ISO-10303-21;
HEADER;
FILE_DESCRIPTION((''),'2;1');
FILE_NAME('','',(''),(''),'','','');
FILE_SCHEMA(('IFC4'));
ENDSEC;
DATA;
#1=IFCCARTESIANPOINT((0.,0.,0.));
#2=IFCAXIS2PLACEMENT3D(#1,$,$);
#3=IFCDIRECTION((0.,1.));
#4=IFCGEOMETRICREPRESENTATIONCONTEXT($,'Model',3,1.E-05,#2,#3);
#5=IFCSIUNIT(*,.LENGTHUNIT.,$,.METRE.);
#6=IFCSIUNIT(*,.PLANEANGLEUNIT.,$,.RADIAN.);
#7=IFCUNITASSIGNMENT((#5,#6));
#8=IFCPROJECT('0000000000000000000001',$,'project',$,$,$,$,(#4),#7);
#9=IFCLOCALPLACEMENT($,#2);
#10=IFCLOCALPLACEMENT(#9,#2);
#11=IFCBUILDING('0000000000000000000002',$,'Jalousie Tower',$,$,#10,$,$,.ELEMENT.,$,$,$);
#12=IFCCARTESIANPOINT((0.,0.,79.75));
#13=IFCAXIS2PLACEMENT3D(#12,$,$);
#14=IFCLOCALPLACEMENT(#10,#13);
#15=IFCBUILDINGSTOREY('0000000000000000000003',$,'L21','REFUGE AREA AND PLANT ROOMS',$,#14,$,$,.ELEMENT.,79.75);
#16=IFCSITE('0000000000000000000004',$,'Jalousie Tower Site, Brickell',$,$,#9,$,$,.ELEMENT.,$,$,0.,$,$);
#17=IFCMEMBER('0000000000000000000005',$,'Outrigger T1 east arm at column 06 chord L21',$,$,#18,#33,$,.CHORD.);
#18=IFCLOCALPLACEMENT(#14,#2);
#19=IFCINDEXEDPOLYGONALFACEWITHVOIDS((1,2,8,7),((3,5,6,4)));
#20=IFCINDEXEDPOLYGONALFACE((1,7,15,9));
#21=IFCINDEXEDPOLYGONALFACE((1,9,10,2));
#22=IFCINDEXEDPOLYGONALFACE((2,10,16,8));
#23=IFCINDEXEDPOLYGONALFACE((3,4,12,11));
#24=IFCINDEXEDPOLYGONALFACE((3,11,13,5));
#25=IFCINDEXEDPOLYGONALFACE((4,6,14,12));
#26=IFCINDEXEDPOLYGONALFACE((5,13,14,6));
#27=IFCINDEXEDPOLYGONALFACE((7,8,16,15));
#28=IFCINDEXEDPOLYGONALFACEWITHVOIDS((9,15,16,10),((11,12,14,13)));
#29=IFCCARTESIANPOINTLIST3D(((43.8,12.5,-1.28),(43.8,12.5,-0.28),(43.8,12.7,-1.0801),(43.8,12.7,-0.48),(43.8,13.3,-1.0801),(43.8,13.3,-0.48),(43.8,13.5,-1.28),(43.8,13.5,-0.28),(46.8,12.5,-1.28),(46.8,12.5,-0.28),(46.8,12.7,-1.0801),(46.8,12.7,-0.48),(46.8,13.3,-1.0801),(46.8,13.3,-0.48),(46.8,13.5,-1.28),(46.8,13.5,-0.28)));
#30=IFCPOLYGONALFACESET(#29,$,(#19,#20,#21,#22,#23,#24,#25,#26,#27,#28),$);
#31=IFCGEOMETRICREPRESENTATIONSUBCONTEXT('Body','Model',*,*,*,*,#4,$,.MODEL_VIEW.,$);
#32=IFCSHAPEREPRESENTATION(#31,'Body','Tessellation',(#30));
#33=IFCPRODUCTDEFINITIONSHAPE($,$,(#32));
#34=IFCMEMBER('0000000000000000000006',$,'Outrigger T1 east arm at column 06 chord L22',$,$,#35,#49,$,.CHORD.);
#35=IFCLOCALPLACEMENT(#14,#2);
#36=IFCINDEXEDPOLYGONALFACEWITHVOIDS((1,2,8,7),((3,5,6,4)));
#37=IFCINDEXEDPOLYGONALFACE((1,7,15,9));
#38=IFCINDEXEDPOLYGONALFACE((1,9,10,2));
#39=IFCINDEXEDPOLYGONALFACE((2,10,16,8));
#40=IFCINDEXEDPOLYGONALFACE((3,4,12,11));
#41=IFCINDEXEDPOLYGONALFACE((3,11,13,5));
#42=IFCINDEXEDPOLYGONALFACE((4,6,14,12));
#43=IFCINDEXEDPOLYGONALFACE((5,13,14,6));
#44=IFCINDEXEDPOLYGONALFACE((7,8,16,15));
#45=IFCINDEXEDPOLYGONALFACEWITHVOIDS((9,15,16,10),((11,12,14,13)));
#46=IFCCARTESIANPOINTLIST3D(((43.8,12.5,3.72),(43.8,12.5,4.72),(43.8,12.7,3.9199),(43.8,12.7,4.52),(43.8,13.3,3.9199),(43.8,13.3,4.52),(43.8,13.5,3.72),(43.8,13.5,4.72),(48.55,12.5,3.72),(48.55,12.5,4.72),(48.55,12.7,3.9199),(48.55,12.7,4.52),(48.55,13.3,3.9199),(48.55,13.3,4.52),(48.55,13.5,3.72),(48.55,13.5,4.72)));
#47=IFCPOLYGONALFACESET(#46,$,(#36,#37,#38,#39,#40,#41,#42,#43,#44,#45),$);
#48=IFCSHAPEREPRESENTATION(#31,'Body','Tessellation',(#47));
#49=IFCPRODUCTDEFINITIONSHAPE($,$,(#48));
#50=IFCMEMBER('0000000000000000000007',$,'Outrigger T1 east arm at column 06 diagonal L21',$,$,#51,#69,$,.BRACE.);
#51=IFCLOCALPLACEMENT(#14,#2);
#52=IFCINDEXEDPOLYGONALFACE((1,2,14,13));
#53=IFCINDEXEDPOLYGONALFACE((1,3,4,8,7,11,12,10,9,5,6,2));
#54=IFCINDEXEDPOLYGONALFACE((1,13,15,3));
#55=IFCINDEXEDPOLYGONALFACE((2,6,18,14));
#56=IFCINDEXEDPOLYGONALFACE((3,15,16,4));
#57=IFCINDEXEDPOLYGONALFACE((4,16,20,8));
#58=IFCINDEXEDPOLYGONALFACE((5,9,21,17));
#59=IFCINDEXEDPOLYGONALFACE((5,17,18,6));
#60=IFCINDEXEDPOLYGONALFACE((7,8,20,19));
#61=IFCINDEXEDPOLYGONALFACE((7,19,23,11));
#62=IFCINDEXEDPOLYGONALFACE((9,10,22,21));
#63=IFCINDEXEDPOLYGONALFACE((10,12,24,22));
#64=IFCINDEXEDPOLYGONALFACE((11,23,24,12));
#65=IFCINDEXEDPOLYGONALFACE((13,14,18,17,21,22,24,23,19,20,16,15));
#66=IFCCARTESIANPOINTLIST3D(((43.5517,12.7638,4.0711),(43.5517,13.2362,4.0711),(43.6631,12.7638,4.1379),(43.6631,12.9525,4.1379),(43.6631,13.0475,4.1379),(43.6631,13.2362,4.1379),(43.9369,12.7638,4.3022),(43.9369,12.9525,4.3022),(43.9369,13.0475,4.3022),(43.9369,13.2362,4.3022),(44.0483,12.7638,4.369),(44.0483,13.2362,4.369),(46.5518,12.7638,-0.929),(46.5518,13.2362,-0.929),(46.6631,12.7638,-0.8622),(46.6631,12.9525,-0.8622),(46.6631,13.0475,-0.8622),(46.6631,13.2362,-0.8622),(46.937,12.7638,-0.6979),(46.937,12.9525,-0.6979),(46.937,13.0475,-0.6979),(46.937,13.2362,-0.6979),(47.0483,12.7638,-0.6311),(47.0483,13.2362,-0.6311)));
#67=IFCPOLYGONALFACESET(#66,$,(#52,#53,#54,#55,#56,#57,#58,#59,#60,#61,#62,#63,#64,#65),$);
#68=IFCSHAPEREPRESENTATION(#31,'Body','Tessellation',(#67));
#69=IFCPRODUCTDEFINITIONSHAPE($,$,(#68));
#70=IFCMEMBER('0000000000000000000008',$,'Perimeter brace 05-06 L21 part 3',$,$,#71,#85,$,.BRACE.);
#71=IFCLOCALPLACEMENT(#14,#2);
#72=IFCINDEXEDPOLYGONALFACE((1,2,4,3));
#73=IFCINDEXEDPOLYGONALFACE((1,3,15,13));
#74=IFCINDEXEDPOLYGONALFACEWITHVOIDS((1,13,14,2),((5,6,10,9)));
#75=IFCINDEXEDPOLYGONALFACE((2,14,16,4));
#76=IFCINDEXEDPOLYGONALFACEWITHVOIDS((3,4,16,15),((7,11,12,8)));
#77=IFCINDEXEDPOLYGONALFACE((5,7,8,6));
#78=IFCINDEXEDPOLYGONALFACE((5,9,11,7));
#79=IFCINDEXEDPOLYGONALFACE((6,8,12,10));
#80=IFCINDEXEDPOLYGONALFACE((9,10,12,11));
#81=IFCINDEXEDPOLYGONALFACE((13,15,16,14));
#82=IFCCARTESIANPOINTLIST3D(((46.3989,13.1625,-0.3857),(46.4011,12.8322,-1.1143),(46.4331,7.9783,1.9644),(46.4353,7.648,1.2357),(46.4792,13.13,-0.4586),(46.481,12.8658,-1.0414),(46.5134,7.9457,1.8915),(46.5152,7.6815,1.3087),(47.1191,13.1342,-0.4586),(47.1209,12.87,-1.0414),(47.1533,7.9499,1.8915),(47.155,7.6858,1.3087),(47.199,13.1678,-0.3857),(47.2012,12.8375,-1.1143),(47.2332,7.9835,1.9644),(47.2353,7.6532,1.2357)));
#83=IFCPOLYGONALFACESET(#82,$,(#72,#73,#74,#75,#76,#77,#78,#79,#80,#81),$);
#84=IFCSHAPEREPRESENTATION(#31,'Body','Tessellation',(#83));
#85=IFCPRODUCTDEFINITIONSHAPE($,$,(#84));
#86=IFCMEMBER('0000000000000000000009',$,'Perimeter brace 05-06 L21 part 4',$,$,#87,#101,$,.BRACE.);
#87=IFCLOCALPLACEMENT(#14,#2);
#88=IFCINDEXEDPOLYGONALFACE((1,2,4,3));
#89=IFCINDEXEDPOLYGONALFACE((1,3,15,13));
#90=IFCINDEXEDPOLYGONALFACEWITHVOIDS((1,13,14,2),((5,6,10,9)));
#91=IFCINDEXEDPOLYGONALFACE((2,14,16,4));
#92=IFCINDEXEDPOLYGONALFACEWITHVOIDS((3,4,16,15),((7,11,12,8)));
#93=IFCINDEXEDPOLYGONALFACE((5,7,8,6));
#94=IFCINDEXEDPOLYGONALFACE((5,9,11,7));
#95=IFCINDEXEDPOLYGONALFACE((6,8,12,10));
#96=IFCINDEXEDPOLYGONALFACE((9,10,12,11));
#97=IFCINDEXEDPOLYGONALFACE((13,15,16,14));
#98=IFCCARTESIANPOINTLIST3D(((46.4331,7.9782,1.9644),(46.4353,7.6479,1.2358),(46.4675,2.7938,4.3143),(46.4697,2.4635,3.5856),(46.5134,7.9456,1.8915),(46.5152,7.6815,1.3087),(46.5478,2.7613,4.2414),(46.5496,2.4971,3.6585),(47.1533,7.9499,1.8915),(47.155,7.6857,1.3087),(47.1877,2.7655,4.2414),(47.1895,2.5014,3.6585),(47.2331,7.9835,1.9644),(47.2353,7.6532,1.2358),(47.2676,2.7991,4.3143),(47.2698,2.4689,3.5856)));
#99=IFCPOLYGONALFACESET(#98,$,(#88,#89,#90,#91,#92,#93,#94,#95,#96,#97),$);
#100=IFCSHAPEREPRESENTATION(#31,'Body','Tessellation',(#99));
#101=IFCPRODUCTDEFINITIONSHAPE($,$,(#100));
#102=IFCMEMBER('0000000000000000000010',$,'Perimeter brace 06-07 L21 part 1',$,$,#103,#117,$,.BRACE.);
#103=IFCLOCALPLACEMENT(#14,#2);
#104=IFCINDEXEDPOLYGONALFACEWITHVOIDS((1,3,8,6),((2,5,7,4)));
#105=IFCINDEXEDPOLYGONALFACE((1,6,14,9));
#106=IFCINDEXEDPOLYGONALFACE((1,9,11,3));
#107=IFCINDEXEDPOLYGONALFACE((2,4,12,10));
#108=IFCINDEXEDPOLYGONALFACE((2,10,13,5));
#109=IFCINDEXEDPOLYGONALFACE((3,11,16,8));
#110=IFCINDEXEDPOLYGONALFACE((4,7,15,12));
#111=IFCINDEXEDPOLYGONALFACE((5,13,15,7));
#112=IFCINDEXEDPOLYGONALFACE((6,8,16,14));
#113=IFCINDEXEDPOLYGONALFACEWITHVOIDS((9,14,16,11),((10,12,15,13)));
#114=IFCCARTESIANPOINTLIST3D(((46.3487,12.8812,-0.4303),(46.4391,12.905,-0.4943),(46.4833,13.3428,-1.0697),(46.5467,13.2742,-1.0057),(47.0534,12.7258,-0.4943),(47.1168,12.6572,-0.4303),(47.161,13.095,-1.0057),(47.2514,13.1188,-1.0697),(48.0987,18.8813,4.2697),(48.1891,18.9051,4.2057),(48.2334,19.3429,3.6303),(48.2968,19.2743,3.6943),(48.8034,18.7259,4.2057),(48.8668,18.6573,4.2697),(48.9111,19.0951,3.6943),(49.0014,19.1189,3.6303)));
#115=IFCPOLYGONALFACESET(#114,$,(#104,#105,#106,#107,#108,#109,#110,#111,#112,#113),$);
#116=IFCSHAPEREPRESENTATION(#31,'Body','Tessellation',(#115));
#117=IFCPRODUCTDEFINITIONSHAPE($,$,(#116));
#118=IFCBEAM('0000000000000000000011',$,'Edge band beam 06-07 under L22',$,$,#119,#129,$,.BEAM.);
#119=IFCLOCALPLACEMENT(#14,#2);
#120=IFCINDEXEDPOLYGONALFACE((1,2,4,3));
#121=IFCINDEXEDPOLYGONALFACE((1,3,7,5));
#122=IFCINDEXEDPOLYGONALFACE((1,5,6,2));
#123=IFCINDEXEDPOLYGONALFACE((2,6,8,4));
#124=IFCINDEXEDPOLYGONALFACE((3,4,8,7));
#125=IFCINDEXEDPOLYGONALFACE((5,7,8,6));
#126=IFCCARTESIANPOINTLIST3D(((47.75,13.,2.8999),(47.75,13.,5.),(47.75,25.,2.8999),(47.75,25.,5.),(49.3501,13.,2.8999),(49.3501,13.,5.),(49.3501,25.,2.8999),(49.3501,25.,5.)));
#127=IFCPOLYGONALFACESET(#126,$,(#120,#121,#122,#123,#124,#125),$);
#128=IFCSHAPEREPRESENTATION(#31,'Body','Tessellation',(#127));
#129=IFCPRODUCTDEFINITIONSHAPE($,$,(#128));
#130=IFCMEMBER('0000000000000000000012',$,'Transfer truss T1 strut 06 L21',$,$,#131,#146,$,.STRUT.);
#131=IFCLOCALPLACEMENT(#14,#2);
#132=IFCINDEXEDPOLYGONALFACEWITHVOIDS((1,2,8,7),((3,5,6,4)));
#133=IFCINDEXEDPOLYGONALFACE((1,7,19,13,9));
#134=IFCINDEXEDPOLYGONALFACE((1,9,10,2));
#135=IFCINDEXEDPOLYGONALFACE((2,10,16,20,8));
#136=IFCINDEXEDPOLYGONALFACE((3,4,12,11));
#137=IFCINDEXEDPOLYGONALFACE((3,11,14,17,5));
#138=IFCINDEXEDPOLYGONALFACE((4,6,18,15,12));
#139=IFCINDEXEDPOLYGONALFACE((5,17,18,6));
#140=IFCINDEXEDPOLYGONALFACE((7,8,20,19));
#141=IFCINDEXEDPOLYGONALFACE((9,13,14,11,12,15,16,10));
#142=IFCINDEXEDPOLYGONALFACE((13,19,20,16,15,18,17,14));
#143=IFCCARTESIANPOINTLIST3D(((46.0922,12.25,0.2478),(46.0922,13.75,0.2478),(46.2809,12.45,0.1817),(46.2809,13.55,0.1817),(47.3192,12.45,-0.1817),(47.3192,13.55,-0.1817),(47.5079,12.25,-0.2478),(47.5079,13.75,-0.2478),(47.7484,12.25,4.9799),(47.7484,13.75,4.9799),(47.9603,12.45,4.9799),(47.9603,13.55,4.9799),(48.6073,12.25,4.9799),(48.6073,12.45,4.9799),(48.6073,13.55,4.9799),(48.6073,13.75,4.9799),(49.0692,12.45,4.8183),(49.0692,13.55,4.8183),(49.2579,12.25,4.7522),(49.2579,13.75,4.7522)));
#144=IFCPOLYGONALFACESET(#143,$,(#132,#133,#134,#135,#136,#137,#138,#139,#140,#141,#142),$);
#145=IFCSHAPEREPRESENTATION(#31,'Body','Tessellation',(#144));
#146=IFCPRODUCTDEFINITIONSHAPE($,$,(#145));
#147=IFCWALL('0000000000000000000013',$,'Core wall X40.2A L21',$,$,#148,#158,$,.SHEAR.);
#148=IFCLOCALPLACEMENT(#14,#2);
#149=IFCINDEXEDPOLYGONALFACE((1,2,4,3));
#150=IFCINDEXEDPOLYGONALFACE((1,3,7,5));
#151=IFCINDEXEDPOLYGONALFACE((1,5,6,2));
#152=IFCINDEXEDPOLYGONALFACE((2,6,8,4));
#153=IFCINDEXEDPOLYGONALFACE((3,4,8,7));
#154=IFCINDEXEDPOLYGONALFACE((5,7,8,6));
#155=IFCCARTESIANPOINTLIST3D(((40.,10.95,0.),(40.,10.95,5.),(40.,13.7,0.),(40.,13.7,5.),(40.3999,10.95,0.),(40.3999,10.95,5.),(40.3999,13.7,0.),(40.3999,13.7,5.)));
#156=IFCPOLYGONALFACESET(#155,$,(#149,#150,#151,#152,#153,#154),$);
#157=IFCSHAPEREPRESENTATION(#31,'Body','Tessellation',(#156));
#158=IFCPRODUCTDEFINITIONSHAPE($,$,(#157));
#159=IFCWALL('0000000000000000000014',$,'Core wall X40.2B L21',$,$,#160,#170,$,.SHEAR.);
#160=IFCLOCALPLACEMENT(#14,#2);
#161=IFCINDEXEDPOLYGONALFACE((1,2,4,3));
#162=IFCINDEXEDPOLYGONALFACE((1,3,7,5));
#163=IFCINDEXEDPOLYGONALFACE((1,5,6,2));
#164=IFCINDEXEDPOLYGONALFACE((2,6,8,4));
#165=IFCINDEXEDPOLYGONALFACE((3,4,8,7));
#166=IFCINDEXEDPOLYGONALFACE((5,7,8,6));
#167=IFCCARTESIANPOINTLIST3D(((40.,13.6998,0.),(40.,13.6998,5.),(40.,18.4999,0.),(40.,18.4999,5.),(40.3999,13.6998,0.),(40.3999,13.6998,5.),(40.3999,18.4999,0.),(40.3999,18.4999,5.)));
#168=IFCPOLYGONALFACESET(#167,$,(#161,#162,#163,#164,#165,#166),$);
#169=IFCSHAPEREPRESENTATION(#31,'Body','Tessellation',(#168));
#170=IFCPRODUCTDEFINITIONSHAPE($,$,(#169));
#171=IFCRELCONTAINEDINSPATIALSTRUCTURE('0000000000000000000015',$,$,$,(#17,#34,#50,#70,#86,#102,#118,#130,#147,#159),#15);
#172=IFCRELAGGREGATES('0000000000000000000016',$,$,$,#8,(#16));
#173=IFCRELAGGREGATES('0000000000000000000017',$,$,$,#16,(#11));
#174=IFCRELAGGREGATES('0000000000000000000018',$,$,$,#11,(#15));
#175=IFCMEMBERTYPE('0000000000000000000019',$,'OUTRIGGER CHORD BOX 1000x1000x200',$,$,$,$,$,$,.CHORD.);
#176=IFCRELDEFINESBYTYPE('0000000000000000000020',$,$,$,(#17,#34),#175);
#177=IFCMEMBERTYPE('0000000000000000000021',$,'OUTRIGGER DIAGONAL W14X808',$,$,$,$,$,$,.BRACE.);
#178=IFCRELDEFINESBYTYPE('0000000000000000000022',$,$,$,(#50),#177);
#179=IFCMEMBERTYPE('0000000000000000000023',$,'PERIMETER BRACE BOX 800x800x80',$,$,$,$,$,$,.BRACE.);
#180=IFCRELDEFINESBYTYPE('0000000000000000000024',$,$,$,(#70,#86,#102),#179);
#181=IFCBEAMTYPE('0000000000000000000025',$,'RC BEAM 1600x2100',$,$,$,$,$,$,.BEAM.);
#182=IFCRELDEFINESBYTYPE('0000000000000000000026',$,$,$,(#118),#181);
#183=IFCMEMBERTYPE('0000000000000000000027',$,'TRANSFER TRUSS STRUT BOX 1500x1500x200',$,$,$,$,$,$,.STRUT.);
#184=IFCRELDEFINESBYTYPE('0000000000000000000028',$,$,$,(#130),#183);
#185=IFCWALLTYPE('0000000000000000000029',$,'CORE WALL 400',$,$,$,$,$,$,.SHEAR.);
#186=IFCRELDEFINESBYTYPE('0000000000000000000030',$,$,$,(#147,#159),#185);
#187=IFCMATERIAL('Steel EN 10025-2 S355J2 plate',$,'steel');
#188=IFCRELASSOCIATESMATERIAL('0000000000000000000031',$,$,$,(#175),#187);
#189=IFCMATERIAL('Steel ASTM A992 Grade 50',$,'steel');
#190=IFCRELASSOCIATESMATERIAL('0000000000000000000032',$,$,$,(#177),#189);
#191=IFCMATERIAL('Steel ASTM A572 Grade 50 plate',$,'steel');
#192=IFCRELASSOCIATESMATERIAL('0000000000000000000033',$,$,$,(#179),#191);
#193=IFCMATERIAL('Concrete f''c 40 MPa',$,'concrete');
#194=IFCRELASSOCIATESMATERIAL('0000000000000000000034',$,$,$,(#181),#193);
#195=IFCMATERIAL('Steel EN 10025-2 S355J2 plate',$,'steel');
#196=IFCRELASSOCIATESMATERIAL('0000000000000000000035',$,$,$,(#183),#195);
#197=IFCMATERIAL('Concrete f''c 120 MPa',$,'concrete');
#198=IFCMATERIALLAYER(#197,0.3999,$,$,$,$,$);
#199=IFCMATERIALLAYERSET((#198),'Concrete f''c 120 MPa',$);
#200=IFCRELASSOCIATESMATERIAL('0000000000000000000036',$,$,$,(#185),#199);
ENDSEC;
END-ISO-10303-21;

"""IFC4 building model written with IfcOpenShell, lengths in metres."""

from ifc_helpers import new_model, si_unit, direction, frame, frame_2d, origin, origin_2d, place, context, subcontext, project, spatial, rectangle, hollow_rectangle, i_section, extrude, clip, halfspace, material, layer, layer_set, material_profile, profile_set, type_object, element, save


model = new_model("IFC4")

# Units and contexts
model_context = context("Model", 3, precision=1e-05, world=origin(), true_north=direction((0.0, 1.0)))
body_context = subcontext(model_context, "Body", "Model", "MODEL_VIEW")
ifc_project = project(units=[si_unit("LENGTHUNIT", "METRE"), si_unit("PLANEANGLEUNIT", "RADIAN")], contexts=[model_context])

# Site, building, storey
site_placement = place(None, origin())
site = spatial("IfcSite", under=ifc_project, at=site_placement, Name="Jalousie Tower Site, Brickell", CompositionType="ELEMENT", RefElevation=0.0)
building_placement = place(site_placement, origin())
building = spatial("IfcBuilding", under=site, at=building_placement, Name="Jalousie Tower", CompositionType="ELEMENT")
storey_placement = place(building_placement, frame((0.0, 0.0, 79.75)))
storey = spatial("IfcBuildingStorey", under=building, at=storey_placement, Name="L21", Description="REFUGE AREA AND PLANT ROOMS", CompositionType="ELEMENT", Elevation=79.75)

# Members
ifc_material_1 = material(Name="Steel EN 10025-2 S355J2 plate", Category="steel")
ifc_material_profile_1 = material_profile(ifc_material_1, hollow_rectangle(XDim=1.0, YDim=1.0, WallThickness=0.2, at=origin_2d()), Name="BOX 1000x1000x200")
ifc_profile_set_1 = profile_set([ifc_material_profile_1], Name="Steel EN 10025-2 S355J2 plate")
member_type_1 = type_object("IfcMemberType", Name="OUTRIGGER CHORD BOX 1000x1000x200", PredefinedType="CHORD", material=ifc_profile_set_1)
member_1_placement = place(storey_placement, frame((46.8, 13.0, -0.78), z_axis=(-1.0, 0.0, 0.0), x_axis=(0.0, -1.0, 0.0)))
element("IfcMember", 1, at=member_1_placement, inside=storey, type_object=member_type_1, Name="Outrigger T1 east arm at column 06 chord L21", PredefinedType="CHORD", context=body_context, shape_type="SweptSolid", body=[
    extrude(hollow_rectangle(XDim=1.0, YDim=1.0, WallThickness=0.2, at=origin_2d()), origin(), (0.0, 0.0, 1.0), 3.0),
])
member_2_placement = place(storey_placement, frame((48.55, 13.0, 4.22), z_axis=(-1.0, 0.0, 0.0), x_axis=(0.0, -1.0, 0.0)))
element("IfcMember", 2, at=member_2_placement, inside=storey, type_object=member_type_1, Name="Outrigger T1 east arm at column 06 chord L22", PredefinedType="CHORD", context=body_context, shape_type="SweptSolid", body=[
    extrude(hollow_rectangle(XDim=1.0, YDim=1.0, WallThickness=0.2, at=origin_2d()), origin(), (0.0, 0.0, 1.0), 4.75),
])
ifc_material_2 = material(Name="Steel ASTM A992 Grade 50", Category="steel")
ifc_material_profile_2 = material_profile(ifc_material_2, i_section(OverallWidth=0.4724, OverallDepth=0.5791, WebThickness=0.095, FlangeThickness=0.1299, at=origin_2d()), Name="W14X808")
ifc_profile_set_2 = profile_set([ifc_material_profile_2], Name="Steel ASTM A992 Grade 50")
member_type_2 = type_object("IfcMemberType", Name="OUTRIGGER DIAGONAL W14X808", PredefinedType="BRACE", material=ifc_profile_set_2)
member_3_placement = place(storey_placement, frame((46.8, 13.0, -0.78), z_axis=(-0.514496, 0.0, 0.857493), x_axis=(0.0, -1.0, 0.0)))
element("IfcMember", 3, at=member_3_placement, inside=storey, type_object=member_type_2, Name="Outrigger T1 east arm at column 06 diagonal L21", PredefinedType="BRACE", context=body_context, shape_type="SweptSolid", body=[
    extrude(i_section(OverallWidth=0.4724, OverallDepth=0.5791, WebThickness=0.095, FlangeThickness=0.1299, at=origin_2d()), origin(), (0.0, 0.0, 1.0), 5.8311),
])
ifc_material_3 = material(Name="Steel ASTM A572 Grade 50 plate", Category="steel")
ifc_material_profile_3 = material_profile(ifc_material_3, hollow_rectangle(XDim=0.8, YDim=0.8, WallThickness=0.0801, at=origin_2d()), Name="BOX 800x800x80")
ifc_profile_set_3 = profile_set([ifc_material_profile_3], Name="Steel ASTM A572 Grade 50 plate")
member_type_3 = type_object("IfcMemberType", Name="PERIMETER BRACE BOX 800x800x80", PredefinedType="BRACE", material=ifc_profile_set_3)
for number, where, z_axis, x_axis, name in (
    (4, (46.8, 13.0, -0.75), (0.006005, -0.910774, 0.412861), (0.999978, 0.006593, 0.0), "Perimeter brace 05-06 L21 part 3"),
    (5, (46.8342, 7.8157, 1.6001), (0.006048, -0.91079, 0.412826), (0.999978, 0.00664, 0.0), "Perimeter brace 05-06 L21 part 4"),
):
    element("IfcMember", number, at=place(storey_placement, frame(where, z_axis=z_axis, x_axis=x_axis)), inside=storey, type_object=member_type_3, Name=name, PredefinedType="BRACE", context=body_context, shape_type="SweptSolid", body=[
        extrude(hollow_rectangle(XDim=0.8, YDim=0.8, WallThickness=0.0801, at=origin_2d()), origin(), (0.0, 0.0, 1.0), 5.6921),
    ])
member_4_placement = place(storey_placement, frame((46.8, 13.0, -0.75), z_axis=(0.223786, 0.767266, 0.601019), x_axis=(-0.96, 0.28, 0.0)))
element("IfcMember", 6, at=member_4_placement, inside=storey, type_object=member_type_3, Name="Perimeter brace 06-07 L21 part 1", PredefinedType="BRACE", context=body_context, shape_type="SweptSolid", body=[
    extrude(hollow_rectangle(XDim=0.8, YDim=0.8, WallThickness=0.0801, at=origin_2d()), origin(), (0.0, 0.0, 1.0), 7.8201),
])

# Beam
ifc_material_4 = material(Name="Concrete f'c 40 MPa", Category="concrete")
ifc_material_profile_4 = material_profile(ifc_material_4, rectangle(XDim=1.6001, YDim=2.1001, at=origin_2d()), Name="RC 1600x2100")
ifc_profile_set_4 = profile_set([ifc_material_profile_4], Name="Concrete f'c 40 MPa")
beam_type = type_object("IfcBeamType", Name="RC BEAM 1600x2100", PredefinedType="BEAM", material=ifc_profile_set_4)
beam_placement = place(storey_placement, frame((48.55, 13.0, 3.95), z_axis=(0.0, 1.0, 0.0), x_axis=(-1.0, 0.0, 0.0)))
element("IfcBeam", 7, at=beam_placement, inside=storey, type_object=beam_type, Name="Edge band beam 06-07 under L22", PredefinedType="BEAM", context=body_context, shape_type="SweptSolid", body=[
    extrude(rectangle(XDim=1.6001, YDim=2.1001, at=origin_2d()), origin(), (0.0, 0.0, 1.0), 12.0),
])

# Member
ifc_material_5 = material(Name="Steel EN 10025-2 S355J2 plate", Category="steel")
ifc_material_profile_5 = material_profile(ifc_material_5, hollow_rectangle(XDim=1.5, YDim=1.5, WallThickness=0.2, at=origin_2d()), Name="BOX 1500x1500x200")
ifc_profile_set_5 = profile_set([ifc_material_profile_5], Name="Steel EN 10025-2 S355J2 plate")
member_type_4 = type_object("IfcMemberType", Name="TRANSFER TRUSS STRUT BOX 1500x1500x200", PredefinedType="STRUT", material=ifc_profile_set_5)
member_5_placement = place(storey_placement, frame((46.8, 13.0, 0.0), z_axis=(0.33035, 0.0, 0.943858), x_axis=(0.0, 1.0, 0.0)))
element("IfcMember", 8, at=member_5_placement, inside=storey, type_object=member_type_4, Name="Transfer truss T1 strut 06 L21", PredefinedType="STRUT", context=body_context, shape_type="Clipping", body=[
    clip(extrude(hollow_rectangle(XDim=1.5, YDim=1.5, WallThickness=0.2, at=origin_2d()), origin(), (0.0, 0.0, 1.0), 5.2974), halfspace(frame((0.0, 0.0, 5.2761), z_axis=(0.0, 0.33035, 0.943858)), False)),
])

# Walls
ifc_material_6 = material(Name="Concrete f'c 120 MPa", Category="concrete")
ifc_layer_1 = layer(ifc_material_6, 0.3999)
ifc_layer_set_1 = layer_set([ifc_layer_1], Name="Concrete f'c 120 MPa")
wall_type_1 = type_object("IfcWallType", Name="CORE WALL 400", PredefinedType="SHEAR", material=ifc_layer_set_1)
wall_1_placement = place(storey_placement, frame((40.2, 10.95, 0.0), z_axis=(0.0, 0.0, 1.0), x_axis=(0.0, 1.0, 0.0)))
element("IfcWall", 9, at=wall_1_placement, inside=storey, type_object=wall_type_1, Name="Core wall X40.2A L21", PredefinedType="SHEAR", context=body_context, shape_type="SweptSolid", body=[
    extrude(rectangle(XDim=2.75, YDim=0.3999, at=frame_2d((1.375, 0.0))), origin(), (0.0, 0.0, 1.0), 5.0),
])
wall_2_placement = place(storey_placement, frame((40.2, 13.7, 0.0), z_axis=(0.0, 0.0, 1.0), x_axis=(0.0, 1.0, 0.0)))
element("IfcWall", 10, at=wall_2_placement, inside=storey, type_object=wall_type_1, Name="Core wall X40.2B L21", PredefinedType="SHEAR", context=body_context, shape_type="SweptSolid", body=[
    extrude(rectangle(XDim=4.8, YDim=0.3999, at=frame_2d((2.3999, 0.0))), origin(), (0.0, 0.0, 1.0), 5.0),
])

save(model, "model.ifc")
